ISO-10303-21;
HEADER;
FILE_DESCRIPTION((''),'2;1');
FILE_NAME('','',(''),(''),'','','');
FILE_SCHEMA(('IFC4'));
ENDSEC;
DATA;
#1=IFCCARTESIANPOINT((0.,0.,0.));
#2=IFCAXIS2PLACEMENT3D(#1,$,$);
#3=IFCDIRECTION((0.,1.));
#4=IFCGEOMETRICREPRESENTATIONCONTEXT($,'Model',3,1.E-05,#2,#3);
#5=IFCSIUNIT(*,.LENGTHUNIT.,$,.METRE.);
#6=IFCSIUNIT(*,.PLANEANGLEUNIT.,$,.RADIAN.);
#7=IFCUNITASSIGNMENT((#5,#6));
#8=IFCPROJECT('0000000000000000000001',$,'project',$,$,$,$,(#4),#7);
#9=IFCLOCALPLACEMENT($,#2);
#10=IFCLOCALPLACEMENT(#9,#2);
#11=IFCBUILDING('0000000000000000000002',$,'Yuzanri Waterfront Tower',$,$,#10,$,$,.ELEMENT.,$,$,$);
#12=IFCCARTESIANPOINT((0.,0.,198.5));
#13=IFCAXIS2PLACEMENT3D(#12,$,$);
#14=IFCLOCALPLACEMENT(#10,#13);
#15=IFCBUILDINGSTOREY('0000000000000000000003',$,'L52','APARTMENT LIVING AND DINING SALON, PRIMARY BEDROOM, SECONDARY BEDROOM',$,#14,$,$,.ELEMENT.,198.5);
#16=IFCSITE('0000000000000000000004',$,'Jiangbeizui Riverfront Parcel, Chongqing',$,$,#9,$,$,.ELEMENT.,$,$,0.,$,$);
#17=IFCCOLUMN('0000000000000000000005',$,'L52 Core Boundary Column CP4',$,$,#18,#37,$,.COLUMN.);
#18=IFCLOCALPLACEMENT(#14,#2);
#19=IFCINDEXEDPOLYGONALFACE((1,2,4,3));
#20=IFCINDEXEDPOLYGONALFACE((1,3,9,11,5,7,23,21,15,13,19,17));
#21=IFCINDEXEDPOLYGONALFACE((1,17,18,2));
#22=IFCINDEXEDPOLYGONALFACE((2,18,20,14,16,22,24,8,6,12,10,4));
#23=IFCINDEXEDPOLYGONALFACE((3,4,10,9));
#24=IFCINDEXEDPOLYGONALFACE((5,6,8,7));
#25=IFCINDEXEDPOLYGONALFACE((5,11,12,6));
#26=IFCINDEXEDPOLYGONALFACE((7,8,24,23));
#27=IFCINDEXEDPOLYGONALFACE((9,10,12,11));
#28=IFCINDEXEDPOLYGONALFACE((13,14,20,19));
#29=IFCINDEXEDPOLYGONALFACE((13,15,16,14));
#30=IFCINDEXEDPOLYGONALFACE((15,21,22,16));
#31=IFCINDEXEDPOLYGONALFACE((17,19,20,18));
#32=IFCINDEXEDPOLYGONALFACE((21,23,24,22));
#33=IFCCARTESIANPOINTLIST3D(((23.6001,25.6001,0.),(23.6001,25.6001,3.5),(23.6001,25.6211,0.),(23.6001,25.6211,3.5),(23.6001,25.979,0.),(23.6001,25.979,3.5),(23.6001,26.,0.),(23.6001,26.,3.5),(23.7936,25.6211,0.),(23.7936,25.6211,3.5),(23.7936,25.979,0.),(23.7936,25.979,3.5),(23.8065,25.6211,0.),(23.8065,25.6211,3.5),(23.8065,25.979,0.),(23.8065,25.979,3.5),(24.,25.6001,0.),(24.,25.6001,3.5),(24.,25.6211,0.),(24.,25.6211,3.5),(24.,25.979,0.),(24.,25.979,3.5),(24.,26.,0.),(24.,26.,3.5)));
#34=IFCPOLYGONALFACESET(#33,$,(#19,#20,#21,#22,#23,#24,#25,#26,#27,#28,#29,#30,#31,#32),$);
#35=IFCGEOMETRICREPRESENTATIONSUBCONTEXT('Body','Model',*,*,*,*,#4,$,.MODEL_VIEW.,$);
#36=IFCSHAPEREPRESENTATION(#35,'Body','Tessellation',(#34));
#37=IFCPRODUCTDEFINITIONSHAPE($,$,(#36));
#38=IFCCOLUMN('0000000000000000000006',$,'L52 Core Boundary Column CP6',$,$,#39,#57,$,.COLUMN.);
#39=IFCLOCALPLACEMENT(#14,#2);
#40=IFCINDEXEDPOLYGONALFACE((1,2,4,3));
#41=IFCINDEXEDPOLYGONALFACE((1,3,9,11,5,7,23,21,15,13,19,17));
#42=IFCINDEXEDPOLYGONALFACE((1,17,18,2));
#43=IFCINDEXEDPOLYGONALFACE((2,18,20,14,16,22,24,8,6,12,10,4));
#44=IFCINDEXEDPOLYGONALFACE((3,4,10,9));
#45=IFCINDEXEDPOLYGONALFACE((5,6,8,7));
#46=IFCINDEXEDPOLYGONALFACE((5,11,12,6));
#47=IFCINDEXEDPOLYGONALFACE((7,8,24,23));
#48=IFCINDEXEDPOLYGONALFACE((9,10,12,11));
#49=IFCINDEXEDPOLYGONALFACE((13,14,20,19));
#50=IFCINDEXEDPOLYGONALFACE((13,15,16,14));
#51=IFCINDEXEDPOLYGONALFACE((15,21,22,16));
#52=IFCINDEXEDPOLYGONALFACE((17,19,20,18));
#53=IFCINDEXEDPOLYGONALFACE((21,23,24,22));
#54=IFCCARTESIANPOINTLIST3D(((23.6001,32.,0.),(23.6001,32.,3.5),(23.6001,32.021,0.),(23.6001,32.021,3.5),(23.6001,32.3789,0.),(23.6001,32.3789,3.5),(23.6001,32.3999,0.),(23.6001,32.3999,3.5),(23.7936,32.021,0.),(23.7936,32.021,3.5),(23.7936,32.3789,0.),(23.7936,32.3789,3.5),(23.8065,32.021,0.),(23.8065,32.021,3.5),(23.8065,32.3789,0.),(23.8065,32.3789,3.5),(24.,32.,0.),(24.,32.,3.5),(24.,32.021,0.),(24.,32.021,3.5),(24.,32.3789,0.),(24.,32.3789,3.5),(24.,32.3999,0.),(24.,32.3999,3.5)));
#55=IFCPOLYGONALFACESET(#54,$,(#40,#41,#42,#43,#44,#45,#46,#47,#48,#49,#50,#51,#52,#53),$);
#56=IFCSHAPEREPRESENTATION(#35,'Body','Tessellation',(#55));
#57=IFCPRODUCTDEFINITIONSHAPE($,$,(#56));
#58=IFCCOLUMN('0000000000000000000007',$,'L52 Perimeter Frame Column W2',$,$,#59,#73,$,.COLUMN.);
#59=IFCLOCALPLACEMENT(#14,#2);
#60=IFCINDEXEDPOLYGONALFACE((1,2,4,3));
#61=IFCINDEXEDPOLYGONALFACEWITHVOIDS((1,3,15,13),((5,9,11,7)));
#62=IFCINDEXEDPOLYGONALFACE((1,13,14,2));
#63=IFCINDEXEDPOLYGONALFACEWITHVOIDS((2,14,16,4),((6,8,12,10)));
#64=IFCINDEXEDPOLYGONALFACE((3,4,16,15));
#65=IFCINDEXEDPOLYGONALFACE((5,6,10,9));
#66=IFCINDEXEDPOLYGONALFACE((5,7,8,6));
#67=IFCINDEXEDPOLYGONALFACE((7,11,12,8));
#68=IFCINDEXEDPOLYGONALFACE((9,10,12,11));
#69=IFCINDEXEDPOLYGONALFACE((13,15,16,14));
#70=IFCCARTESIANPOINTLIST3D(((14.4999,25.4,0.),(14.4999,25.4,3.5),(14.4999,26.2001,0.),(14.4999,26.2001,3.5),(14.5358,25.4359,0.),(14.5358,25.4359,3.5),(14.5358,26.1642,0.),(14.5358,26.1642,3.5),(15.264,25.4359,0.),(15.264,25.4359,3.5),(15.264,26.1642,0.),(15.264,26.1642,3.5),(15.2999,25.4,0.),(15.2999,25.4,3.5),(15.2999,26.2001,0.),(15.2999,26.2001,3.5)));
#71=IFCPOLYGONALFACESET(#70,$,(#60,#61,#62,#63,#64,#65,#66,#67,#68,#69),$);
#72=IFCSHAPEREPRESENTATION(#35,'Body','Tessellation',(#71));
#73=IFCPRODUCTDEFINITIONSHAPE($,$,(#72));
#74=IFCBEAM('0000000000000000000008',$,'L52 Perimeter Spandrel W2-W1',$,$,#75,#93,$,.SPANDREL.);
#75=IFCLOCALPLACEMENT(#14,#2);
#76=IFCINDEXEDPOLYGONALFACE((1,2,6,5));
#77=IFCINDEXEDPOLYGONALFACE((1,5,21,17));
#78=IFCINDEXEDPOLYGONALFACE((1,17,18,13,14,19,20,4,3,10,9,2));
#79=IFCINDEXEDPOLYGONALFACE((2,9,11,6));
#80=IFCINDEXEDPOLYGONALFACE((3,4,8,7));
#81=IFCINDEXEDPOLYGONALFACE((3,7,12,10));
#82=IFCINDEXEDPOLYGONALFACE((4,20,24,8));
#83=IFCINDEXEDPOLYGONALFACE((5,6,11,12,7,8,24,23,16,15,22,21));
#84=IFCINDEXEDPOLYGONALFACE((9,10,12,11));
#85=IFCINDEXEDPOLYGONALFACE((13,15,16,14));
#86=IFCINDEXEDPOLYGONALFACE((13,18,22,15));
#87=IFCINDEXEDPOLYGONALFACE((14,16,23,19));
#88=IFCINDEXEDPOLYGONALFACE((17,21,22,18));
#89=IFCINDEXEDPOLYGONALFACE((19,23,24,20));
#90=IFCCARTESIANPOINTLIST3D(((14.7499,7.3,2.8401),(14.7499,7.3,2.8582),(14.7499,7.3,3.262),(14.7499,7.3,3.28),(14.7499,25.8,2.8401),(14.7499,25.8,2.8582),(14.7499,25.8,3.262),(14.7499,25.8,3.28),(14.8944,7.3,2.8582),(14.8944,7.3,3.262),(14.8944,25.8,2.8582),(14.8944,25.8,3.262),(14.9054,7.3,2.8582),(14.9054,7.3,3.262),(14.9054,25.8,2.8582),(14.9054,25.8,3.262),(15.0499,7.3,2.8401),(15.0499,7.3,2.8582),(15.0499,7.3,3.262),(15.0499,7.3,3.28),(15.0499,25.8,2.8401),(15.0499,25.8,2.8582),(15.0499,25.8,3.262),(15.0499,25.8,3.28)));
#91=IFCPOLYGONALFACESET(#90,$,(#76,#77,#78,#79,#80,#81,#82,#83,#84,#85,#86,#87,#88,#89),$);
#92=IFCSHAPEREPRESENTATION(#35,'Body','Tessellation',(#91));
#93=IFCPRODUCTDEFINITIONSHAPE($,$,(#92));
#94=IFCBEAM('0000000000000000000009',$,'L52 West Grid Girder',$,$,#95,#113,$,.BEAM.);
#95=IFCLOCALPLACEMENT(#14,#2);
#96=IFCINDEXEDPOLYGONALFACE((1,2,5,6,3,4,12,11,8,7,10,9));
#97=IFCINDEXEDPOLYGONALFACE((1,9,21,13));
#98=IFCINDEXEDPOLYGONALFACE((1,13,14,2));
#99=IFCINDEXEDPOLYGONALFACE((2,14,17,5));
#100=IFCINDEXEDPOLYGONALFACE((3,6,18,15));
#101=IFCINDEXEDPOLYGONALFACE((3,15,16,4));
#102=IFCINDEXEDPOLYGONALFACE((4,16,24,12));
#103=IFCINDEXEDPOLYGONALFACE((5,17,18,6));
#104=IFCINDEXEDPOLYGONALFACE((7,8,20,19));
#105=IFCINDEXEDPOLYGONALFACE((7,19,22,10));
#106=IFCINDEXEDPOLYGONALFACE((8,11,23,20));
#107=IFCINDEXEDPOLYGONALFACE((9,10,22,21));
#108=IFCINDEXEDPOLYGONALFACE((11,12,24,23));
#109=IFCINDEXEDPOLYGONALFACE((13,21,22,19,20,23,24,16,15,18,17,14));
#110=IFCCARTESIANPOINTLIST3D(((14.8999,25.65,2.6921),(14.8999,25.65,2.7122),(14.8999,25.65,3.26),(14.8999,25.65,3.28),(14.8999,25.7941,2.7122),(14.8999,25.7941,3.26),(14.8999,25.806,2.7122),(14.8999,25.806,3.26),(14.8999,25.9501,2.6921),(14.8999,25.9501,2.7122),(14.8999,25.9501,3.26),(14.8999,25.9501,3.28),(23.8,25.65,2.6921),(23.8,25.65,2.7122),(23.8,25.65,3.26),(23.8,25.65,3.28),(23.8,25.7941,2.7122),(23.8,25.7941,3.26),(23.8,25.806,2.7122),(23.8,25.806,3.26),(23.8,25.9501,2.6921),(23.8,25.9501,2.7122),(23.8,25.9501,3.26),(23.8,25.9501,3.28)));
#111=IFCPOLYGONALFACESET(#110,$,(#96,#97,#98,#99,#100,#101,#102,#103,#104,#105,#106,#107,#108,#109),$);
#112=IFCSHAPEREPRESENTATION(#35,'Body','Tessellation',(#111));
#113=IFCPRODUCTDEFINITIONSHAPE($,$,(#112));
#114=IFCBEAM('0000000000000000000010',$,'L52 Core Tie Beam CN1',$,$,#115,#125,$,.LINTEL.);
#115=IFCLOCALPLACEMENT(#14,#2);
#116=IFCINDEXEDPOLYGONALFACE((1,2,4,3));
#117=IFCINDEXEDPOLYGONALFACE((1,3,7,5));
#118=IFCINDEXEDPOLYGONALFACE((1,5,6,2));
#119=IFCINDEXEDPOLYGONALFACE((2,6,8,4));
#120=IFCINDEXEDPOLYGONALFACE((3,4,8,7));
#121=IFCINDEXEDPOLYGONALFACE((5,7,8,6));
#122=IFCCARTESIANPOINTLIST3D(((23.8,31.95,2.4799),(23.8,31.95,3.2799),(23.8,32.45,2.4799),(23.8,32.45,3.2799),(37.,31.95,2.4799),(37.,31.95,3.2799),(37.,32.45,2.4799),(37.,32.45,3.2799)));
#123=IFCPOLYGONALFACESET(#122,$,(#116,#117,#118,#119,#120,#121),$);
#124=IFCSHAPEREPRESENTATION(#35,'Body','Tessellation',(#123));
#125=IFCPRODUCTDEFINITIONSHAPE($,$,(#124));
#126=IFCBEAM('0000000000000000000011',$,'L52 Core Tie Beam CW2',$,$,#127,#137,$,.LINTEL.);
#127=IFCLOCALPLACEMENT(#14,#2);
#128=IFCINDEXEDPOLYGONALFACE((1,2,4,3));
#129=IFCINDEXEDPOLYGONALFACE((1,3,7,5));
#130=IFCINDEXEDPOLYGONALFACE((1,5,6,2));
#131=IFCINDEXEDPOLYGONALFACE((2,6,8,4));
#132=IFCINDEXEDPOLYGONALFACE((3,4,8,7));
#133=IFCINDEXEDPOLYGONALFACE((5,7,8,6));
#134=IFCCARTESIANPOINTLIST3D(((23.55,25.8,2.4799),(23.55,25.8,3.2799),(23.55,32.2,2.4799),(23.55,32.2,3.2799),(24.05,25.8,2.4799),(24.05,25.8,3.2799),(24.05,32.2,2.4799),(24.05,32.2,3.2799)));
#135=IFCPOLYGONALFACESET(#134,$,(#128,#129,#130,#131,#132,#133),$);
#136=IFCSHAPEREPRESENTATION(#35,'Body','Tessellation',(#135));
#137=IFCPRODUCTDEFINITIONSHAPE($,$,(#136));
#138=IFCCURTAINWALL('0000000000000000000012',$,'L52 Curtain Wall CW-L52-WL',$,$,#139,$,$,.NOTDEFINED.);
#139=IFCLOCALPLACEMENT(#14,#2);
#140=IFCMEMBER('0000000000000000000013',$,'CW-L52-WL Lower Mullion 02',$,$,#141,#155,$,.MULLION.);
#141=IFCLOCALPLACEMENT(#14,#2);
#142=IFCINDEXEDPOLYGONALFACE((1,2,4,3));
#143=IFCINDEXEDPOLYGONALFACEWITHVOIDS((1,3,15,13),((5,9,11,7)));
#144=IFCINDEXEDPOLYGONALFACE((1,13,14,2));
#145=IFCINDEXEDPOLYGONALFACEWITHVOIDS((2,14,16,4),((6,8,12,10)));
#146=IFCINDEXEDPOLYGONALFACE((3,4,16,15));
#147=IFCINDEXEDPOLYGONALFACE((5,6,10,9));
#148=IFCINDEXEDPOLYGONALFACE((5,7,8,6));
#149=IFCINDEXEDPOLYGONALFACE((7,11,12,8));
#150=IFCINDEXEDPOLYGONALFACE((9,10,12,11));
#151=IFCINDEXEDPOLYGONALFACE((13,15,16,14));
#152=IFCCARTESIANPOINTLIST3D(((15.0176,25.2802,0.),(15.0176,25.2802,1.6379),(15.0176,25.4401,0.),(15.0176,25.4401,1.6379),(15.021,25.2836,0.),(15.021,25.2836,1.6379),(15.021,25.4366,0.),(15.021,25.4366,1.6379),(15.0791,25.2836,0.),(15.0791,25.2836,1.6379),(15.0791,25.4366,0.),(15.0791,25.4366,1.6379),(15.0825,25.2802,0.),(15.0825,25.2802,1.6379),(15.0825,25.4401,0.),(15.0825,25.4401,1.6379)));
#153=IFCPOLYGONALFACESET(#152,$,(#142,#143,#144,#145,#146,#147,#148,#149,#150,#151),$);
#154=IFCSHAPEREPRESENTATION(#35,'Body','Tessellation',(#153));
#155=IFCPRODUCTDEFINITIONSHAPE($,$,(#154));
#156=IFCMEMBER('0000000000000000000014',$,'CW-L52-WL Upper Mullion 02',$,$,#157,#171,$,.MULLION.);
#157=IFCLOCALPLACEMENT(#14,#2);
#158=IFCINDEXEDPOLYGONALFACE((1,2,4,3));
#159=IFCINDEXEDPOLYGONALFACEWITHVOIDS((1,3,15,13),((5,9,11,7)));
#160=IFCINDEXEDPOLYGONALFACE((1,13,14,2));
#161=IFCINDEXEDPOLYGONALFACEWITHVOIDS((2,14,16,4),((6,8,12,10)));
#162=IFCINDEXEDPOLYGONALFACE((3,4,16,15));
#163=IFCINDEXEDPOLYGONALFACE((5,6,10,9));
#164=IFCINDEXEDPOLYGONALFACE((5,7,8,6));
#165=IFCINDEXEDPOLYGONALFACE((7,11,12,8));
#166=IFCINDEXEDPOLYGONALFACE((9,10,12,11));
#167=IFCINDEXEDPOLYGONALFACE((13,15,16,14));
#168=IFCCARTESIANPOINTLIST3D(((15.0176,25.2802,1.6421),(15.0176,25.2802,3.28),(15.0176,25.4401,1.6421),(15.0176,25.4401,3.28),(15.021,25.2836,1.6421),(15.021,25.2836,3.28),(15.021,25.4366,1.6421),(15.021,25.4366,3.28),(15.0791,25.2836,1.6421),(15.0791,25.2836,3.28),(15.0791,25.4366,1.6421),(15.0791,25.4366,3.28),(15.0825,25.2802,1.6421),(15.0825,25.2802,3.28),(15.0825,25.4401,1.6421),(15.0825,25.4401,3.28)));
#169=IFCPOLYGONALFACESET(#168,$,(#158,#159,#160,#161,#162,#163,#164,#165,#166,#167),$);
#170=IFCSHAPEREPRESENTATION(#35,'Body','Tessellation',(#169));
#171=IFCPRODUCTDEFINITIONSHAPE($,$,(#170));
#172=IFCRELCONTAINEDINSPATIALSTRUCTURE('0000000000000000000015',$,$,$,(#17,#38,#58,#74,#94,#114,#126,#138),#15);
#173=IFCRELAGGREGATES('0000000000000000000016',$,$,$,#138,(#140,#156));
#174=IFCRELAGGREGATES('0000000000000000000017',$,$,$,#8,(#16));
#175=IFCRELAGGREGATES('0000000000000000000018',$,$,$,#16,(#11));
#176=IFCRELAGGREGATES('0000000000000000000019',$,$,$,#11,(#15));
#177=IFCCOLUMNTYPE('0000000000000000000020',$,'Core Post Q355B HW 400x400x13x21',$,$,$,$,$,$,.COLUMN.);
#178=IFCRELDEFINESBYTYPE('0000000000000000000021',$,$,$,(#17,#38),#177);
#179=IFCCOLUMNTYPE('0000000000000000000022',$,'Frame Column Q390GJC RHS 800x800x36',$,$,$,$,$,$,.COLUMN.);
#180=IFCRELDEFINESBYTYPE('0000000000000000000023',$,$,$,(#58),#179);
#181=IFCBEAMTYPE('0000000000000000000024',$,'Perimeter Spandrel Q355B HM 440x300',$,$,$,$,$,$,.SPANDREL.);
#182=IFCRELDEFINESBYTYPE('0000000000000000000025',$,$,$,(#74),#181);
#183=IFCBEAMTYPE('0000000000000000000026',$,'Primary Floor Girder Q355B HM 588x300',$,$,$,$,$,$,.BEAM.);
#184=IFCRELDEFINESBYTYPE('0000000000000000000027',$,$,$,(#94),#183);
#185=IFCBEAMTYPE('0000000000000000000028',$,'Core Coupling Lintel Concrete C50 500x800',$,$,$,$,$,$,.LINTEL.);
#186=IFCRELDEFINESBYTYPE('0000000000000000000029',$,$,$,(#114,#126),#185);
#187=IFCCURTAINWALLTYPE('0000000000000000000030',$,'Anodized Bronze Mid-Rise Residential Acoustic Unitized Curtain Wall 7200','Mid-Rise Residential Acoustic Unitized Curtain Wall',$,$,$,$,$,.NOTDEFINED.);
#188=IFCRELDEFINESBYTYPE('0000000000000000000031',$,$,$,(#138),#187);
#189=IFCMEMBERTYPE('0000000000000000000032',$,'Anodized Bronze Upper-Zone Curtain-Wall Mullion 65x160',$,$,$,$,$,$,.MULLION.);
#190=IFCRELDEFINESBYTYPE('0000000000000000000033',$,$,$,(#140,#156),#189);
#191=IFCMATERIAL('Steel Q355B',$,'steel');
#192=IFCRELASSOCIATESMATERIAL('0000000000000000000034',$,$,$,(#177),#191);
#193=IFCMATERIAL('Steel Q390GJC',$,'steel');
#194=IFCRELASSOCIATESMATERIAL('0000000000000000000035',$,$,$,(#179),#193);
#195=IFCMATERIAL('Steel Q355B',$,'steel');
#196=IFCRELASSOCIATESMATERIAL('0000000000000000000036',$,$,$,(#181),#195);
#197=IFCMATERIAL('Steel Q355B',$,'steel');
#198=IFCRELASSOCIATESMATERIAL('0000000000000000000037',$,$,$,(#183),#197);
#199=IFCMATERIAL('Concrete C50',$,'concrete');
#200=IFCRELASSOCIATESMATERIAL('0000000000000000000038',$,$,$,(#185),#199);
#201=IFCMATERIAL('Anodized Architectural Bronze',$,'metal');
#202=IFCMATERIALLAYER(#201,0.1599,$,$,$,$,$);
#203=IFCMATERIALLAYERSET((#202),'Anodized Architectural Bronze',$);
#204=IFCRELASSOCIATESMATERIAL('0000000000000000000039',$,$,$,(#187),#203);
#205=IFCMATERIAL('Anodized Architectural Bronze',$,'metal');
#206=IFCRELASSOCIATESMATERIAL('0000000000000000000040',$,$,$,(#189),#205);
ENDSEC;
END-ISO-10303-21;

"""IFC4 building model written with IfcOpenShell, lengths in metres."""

from ifc_helpers import new_model, si_unit, direction, frame, origin, origin_2d, place, context, subcontext, project, spatial, rectangle, hollow_rectangle, i_section, extrude, source, transform, mapped, material, layer, layer_set, material_profile, profile_set, type_object, element, aggregate, save


model = new_model("IFC4")

# Units and contexts
model_context = context("Model", 3, precision=1e-05, world=origin(), true_north=direction((0.0, 1.0)))
body_context = subcontext(model_context, "Body", "Model", "MODEL_VIEW")
ifc_project = project(units=[si_unit("LENGTHUNIT", "METRE"), si_unit("PLANEANGLEUNIT", "RADIAN")], contexts=[model_context])

# Site, building, storey
site_placement = place(None, origin())
site = spatial("IfcSite", under=ifc_project, at=site_placement, Name="Jiangbeizui Riverfront Parcel, Chongqing", CompositionType="ELEMENT", RefElevation=0.0)
building_placement = place(site_placement, origin())
building = spatial("IfcBuilding", under=site, at=building_placement, Name="Yuzanri Waterfront Tower", CompositionType="ELEMENT")
storey_placement = place(building_placement, frame((0.0, 0.0, 198.5)))
storey = spatial("IfcBuildingStorey", under=building, at=storey_placement, Name="L52", Description="APARTMENT LIVING AND DINING SALON, PRIMARY BEDROOM, SECONDARY BEDROOM", CompositionType="ELEMENT", Elevation=198.5)

# Columns
ifc_material_1 = material(Name="Steel Q355B", Category="steel")
ifc_material_profile_1 = material_profile(ifc_material_1, i_section(OverallWidth=0.3999, OverallDepth=0.3999, WebThickness=0.0129, FlangeThickness=0.021, at=origin_2d()), Name="HW 400x400x13x21")
ifc_profile_set_1 = profile_set([ifc_material_profile_1], Name="Steel Q355B")
column_type_1 = type_object("IfcColumnType", Name="Core Post Q355B HW 400x400x13x21", PredefinedType="COLUMN", material=ifc_profile_set_1)
shared_shape_1 = source(origin(), body_context, "Body", "SweptSolid", [
    extrude(i_section(OverallWidth=0.3999, OverallDepth=0.3999, WebThickness=0.0129, FlangeThickness=0.021, at=origin_2d()), origin(), (0.0, 0.0, 1.0), 3.5),
])
for number, where, z_axis, x_axis, name in (
    (1, (23.8, 25.8, 0.0), (0.0, 0.0, 1.0), (1.0, 0.0, 0.0), "L52 Core Boundary Column CP4"),
    (2, (23.8, 32.2, 0.0), (0.0, 0.0, 1.0), (1.0, 0.0, 0.0), "L52 Core Boundary Column CP6"),
):
    element("IfcColumn", number, at=place(storey_placement, frame(where, z_axis=z_axis, x_axis=x_axis)), inside=storey, type_object=column_type_1, Name=name, PredefinedType="COLUMN", context=body_context, shape_type="MappedRepresentation", body=[
        mapped(shared_shape_1, transform((0.0, 0.0, 0.0), scale=1.0)),
    ])
ifc_material_2 = material(Name="Steel Q390GJC", Category="steel")
ifc_material_profile_2 = material_profile(ifc_material_2, hollow_rectangle(XDim=0.8, YDim=0.8, WallThickness=0.0359, at=origin_2d()), Name="RHS 800x800x36")
ifc_profile_set_2 = profile_set([ifc_material_profile_2], Name="Steel Q390GJC")
column_type_2 = type_object("IfcColumnType", Name="Frame Column Q390GJC RHS 800x800x36", PredefinedType="COLUMN", material=ifc_profile_set_2)
shared_shape_2 = source(origin(), body_context, "Body", "SweptSolid", [
    extrude(hollow_rectangle(XDim=0.8, YDim=0.8, WallThickness=0.0359, at=origin_2d()), origin(), (0.0, 0.0, 1.0), 3.5),
])
column_placement = place(storey_placement, frame((14.8999, 25.8, 0.0), z_axis=(0.0, 0.0, 1.0), x_axis=(1.0, 0.0, 0.0)))
element("IfcColumn", 3, at=column_placement, inside=storey, type_object=column_type_2, Name="L52 Perimeter Frame Column W2", PredefinedType="COLUMN", context=body_context, shape_type="MappedRepresentation", body=[
    mapped(shared_shape_2, transform((0.0, 0.0, 0.0), scale=1.0)),
])

# Beams
ifc_material_3 = material(Name="Steel Q355B", Category="steel")
ifc_material_profile_3 = material_profile(ifc_material_3, i_section(OverallWidth=0.3, OverallDepth=0.4399, WebThickness=0.011, FlangeThickness=0.0181, at=origin_2d()), Name="HM 440x300x11x18")
ifc_profile_set_3 = profile_set([ifc_material_profile_3], Name="Steel Q355B")
beam_type_1 = type_object("IfcBeamType", Name="Perimeter Spandrel Q355B HM 440x300", PredefinedType="SPANDREL", material=ifc_profile_set_3)
shared_shape_3 = source(origin(), body_context, "Body", "SweptSolid", [
    extrude(i_section(OverallWidth=0.3, OverallDepth=0.4399, WebThickness=0.011, FlangeThickness=0.0181, at=origin_2d()), origin(), (0.0, 0.0, 1.0), 18.5),
])
beam_1_placement = place(storey_placement, frame((14.8999, 25.8, 3.0601), z_axis=(0.0, -1.0, 0.0), x_axis=(1.0, 0.0, 0.0)))
element("IfcBeam", 4, at=beam_1_placement, inside=storey, type_object=beam_type_1, Name="L52 Perimeter Spandrel W2-W1", PredefinedType="SPANDREL", context=body_context, shape_type="MappedRepresentation", body=[
    mapped(shared_shape_3, transform((0.0, 0.0, 0.0), scale=1.0)),
])
ifc_material_4 = material(Name="Steel Q355B", Category="steel")
ifc_material_profile_4 = material_profile(ifc_material_4, i_section(OverallWidth=0.3, OverallDepth=0.5879, WebThickness=0.012, FlangeThickness=0.02, at=origin_2d()), Name="HM 588x300x12x20")
ifc_profile_set_4 = profile_set([ifc_material_profile_4], Name="Steel Q355B")
beam_type_2 = type_object("IfcBeamType", Name="Primary Floor Girder Q355B HM 588x300", PredefinedType="BEAM", material=ifc_profile_set_4)
shared_shape_4 = source(origin(), body_context, "Body", "SweptSolid", [
    extrude(i_section(OverallWidth=0.3, OverallDepth=0.5879, WebThickness=0.012, FlangeThickness=0.02, at=origin_2d()), origin(), (0.0, 0.0, 1.0), 8.9001),
])
beam_2_placement = place(storey_placement, frame((23.8, 25.8, 2.9861), z_axis=(-1.0, 0.0, 0.0), x_axis=(0.0, -1.0, 0.0)))
element("IfcBeam", 5, at=beam_2_placement, inside=storey, type_object=beam_type_2, Name="L52 West Grid Girder", PredefinedType="BEAM", context=body_context, shape_type="MappedRepresentation", body=[
    mapped(shared_shape_4, transform((0.0, 0.0, 0.0), scale=1.0)),
])
ifc_material_5 = material(Name="Concrete C50", Category="concrete")
ifc_material_profile_5 = material_profile(ifc_material_5, rectangle(XDim=0.5, YDim=0.8, at=origin_2d()), Name="RC 500x800")
ifc_profile_set_5 = profile_set([ifc_material_profile_5], Name="Concrete C50")
beam_type_3 = type_object("IfcBeamType", Name="Core Coupling Lintel Concrete C50 500x800", PredefinedType="LINTEL", material=ifc_profile_set_5)
shared_shape_5 = source(origin(), body_context, "Body", "SweptSolid", [
    extrude(rectangle(XDim=0.5, YDim=0.8, at=origin_2d()), origin(), (0.0, 0.0, 1.0), 13.2),
])
beam_3_placement = place(storey_placement, frame((23.8, 32.2, 2.8799), z_axis=(1.0, 0.0, 0.0), x_axis=(0.0, 1.0, 0.0)))
element("IfcBeam", 6, at=beam_3_placement, inside=storey, type_object=beam_type_3, Name="L52 Core Tie Beam CN1", PredefinedType="LINTEL", context=body_context, shape_type="MappedRepresentation", body=[
    mapped(shared_shape_5, transform((0.0, 0.0, 0.0), scale=1.0)),
])
shared_shape_6 = source(origin(), body_context, "Body", "SweptSolid", [
    extrude(rectangle(XDim=0.5, YDim=0.8, at=origin_2d()), origin(), (0.0, 0.0, 1.0), 6.3999),
])
beam_4_placement = place(storey_placement, frame((23.8, 25.8, 2.8799), z_axis=(0.0, 1.0, 0.0), x_axis=(-1.0, 0.0, 0.0)))
element("IfcBeam", 7, at=beam_4_placement, inside=storey, type_object=beam_type_3, Name="L52 Core Tie Beam CW2", PredefinedType="LINTEL", context=body_context, shape_type="MappedRepresentation", body=[
    mapped(shared_shape_6, transform((0.0, 0.0, 0.0), scale=1.0)),
])

# Curtain wall, members
ifc_material_6 = material(Name="Anodized Architectural Bronze", Category="metal")
ifc_layer_1 = layer(ifc_material_6, 0.1599)
ifc_layer_set_1 = layer_set([ifc_layer_1], Name="Anodized Architectural Bronze")
curtain_wall_type = type_object("IfcCurtainWallType", Name="Anodized Bronze Mid-Rise Residential Acoustic Unitized Curtain Wall 7200", Description="Mid-Rise Residential Acoustic Unitized Curtain Wall", PredefinedType="NOTDEFINED", material=ifc_layer_set_1)
curtain_wall_1_placement = place(storey_placement, origin())
curtain_wall_1 = element("IfcCurtainWall", 8, at=curtain_wall_1_placement, inside=storey, type_object=curtain_wall_type, Name="L52 Curtain Wall CW-L52-WL", PredefinedType="NOTDEFINED")
ifc_material_7 = material(Name="Anodized Architectural Bronze", Category="metal")
ifc_material_profile_6 = material_profile(ifc_material_7, hollow_rectangle(XDim=0.0649, YDim=0.1599, WallThickness=0.0034, at=origin_2d()), Name="CWM 65x160")
ifc_profile_set_6 = profile_set([ifc_material_profile_6], Name="Anodized Architectural Bronze")
member_type_1 = type_object("IfcMemberType", Name="Anodized Bronze Upper-Zone Curtain-Wall Mullion 65x160", PredefinedType="MULLION", material=ifc_profile_set_6)
shared_shape_7 = source(origin(), body_context, "Body", "SweptSolid", [
    extrude(hollow_rectangle(XDim=0.0649, YDim=0.1599, WallThickness=0.0034, at=origin_2d()), origin(), (0.0, 0.0, 1.0), 1.6379),
])
member_1_placement = place(storey_placement, frame((15.05, 25.3601, 0.0), z_axis=(0.0, 0.0, 1.0), x_axis=(1.0, 0.0, 0.0)))
member_1 = element("IfcMember", 9, at=member_1_placement, type_object=member_type_1, Name="CW-L52-WL Lower Mullion 02", PredefinedType="MULLION", context=body_context, shape_type="MappedRepresentation", body=[
    mapped(shared_shape_7, transform((0.0, 0.0, 0.0), scale=1.0)),
])
member_2_placement = place(storey_placement, frame((15.05, 25.3601, 1.6421), z_axis=(0.0, 0.0, 1.0), x_axis=(1.0, 0.0, 0.0)))
member_2 = element("IfcMember", 10, at=member_2_placement, type_object=member_type_1, Name="CW-L52-WL Upper Mullion 02", PredefinedType="MULLION", context=body_context, shape_type="MappedRepresentation", body=[
    mapped(shared_shape_7, transform((0.0, 0.0, 0.0), scale=1.0)),
])
aggregate(curtain_wall_1, [member_1, member_2])

save(model, "model.ifc")
